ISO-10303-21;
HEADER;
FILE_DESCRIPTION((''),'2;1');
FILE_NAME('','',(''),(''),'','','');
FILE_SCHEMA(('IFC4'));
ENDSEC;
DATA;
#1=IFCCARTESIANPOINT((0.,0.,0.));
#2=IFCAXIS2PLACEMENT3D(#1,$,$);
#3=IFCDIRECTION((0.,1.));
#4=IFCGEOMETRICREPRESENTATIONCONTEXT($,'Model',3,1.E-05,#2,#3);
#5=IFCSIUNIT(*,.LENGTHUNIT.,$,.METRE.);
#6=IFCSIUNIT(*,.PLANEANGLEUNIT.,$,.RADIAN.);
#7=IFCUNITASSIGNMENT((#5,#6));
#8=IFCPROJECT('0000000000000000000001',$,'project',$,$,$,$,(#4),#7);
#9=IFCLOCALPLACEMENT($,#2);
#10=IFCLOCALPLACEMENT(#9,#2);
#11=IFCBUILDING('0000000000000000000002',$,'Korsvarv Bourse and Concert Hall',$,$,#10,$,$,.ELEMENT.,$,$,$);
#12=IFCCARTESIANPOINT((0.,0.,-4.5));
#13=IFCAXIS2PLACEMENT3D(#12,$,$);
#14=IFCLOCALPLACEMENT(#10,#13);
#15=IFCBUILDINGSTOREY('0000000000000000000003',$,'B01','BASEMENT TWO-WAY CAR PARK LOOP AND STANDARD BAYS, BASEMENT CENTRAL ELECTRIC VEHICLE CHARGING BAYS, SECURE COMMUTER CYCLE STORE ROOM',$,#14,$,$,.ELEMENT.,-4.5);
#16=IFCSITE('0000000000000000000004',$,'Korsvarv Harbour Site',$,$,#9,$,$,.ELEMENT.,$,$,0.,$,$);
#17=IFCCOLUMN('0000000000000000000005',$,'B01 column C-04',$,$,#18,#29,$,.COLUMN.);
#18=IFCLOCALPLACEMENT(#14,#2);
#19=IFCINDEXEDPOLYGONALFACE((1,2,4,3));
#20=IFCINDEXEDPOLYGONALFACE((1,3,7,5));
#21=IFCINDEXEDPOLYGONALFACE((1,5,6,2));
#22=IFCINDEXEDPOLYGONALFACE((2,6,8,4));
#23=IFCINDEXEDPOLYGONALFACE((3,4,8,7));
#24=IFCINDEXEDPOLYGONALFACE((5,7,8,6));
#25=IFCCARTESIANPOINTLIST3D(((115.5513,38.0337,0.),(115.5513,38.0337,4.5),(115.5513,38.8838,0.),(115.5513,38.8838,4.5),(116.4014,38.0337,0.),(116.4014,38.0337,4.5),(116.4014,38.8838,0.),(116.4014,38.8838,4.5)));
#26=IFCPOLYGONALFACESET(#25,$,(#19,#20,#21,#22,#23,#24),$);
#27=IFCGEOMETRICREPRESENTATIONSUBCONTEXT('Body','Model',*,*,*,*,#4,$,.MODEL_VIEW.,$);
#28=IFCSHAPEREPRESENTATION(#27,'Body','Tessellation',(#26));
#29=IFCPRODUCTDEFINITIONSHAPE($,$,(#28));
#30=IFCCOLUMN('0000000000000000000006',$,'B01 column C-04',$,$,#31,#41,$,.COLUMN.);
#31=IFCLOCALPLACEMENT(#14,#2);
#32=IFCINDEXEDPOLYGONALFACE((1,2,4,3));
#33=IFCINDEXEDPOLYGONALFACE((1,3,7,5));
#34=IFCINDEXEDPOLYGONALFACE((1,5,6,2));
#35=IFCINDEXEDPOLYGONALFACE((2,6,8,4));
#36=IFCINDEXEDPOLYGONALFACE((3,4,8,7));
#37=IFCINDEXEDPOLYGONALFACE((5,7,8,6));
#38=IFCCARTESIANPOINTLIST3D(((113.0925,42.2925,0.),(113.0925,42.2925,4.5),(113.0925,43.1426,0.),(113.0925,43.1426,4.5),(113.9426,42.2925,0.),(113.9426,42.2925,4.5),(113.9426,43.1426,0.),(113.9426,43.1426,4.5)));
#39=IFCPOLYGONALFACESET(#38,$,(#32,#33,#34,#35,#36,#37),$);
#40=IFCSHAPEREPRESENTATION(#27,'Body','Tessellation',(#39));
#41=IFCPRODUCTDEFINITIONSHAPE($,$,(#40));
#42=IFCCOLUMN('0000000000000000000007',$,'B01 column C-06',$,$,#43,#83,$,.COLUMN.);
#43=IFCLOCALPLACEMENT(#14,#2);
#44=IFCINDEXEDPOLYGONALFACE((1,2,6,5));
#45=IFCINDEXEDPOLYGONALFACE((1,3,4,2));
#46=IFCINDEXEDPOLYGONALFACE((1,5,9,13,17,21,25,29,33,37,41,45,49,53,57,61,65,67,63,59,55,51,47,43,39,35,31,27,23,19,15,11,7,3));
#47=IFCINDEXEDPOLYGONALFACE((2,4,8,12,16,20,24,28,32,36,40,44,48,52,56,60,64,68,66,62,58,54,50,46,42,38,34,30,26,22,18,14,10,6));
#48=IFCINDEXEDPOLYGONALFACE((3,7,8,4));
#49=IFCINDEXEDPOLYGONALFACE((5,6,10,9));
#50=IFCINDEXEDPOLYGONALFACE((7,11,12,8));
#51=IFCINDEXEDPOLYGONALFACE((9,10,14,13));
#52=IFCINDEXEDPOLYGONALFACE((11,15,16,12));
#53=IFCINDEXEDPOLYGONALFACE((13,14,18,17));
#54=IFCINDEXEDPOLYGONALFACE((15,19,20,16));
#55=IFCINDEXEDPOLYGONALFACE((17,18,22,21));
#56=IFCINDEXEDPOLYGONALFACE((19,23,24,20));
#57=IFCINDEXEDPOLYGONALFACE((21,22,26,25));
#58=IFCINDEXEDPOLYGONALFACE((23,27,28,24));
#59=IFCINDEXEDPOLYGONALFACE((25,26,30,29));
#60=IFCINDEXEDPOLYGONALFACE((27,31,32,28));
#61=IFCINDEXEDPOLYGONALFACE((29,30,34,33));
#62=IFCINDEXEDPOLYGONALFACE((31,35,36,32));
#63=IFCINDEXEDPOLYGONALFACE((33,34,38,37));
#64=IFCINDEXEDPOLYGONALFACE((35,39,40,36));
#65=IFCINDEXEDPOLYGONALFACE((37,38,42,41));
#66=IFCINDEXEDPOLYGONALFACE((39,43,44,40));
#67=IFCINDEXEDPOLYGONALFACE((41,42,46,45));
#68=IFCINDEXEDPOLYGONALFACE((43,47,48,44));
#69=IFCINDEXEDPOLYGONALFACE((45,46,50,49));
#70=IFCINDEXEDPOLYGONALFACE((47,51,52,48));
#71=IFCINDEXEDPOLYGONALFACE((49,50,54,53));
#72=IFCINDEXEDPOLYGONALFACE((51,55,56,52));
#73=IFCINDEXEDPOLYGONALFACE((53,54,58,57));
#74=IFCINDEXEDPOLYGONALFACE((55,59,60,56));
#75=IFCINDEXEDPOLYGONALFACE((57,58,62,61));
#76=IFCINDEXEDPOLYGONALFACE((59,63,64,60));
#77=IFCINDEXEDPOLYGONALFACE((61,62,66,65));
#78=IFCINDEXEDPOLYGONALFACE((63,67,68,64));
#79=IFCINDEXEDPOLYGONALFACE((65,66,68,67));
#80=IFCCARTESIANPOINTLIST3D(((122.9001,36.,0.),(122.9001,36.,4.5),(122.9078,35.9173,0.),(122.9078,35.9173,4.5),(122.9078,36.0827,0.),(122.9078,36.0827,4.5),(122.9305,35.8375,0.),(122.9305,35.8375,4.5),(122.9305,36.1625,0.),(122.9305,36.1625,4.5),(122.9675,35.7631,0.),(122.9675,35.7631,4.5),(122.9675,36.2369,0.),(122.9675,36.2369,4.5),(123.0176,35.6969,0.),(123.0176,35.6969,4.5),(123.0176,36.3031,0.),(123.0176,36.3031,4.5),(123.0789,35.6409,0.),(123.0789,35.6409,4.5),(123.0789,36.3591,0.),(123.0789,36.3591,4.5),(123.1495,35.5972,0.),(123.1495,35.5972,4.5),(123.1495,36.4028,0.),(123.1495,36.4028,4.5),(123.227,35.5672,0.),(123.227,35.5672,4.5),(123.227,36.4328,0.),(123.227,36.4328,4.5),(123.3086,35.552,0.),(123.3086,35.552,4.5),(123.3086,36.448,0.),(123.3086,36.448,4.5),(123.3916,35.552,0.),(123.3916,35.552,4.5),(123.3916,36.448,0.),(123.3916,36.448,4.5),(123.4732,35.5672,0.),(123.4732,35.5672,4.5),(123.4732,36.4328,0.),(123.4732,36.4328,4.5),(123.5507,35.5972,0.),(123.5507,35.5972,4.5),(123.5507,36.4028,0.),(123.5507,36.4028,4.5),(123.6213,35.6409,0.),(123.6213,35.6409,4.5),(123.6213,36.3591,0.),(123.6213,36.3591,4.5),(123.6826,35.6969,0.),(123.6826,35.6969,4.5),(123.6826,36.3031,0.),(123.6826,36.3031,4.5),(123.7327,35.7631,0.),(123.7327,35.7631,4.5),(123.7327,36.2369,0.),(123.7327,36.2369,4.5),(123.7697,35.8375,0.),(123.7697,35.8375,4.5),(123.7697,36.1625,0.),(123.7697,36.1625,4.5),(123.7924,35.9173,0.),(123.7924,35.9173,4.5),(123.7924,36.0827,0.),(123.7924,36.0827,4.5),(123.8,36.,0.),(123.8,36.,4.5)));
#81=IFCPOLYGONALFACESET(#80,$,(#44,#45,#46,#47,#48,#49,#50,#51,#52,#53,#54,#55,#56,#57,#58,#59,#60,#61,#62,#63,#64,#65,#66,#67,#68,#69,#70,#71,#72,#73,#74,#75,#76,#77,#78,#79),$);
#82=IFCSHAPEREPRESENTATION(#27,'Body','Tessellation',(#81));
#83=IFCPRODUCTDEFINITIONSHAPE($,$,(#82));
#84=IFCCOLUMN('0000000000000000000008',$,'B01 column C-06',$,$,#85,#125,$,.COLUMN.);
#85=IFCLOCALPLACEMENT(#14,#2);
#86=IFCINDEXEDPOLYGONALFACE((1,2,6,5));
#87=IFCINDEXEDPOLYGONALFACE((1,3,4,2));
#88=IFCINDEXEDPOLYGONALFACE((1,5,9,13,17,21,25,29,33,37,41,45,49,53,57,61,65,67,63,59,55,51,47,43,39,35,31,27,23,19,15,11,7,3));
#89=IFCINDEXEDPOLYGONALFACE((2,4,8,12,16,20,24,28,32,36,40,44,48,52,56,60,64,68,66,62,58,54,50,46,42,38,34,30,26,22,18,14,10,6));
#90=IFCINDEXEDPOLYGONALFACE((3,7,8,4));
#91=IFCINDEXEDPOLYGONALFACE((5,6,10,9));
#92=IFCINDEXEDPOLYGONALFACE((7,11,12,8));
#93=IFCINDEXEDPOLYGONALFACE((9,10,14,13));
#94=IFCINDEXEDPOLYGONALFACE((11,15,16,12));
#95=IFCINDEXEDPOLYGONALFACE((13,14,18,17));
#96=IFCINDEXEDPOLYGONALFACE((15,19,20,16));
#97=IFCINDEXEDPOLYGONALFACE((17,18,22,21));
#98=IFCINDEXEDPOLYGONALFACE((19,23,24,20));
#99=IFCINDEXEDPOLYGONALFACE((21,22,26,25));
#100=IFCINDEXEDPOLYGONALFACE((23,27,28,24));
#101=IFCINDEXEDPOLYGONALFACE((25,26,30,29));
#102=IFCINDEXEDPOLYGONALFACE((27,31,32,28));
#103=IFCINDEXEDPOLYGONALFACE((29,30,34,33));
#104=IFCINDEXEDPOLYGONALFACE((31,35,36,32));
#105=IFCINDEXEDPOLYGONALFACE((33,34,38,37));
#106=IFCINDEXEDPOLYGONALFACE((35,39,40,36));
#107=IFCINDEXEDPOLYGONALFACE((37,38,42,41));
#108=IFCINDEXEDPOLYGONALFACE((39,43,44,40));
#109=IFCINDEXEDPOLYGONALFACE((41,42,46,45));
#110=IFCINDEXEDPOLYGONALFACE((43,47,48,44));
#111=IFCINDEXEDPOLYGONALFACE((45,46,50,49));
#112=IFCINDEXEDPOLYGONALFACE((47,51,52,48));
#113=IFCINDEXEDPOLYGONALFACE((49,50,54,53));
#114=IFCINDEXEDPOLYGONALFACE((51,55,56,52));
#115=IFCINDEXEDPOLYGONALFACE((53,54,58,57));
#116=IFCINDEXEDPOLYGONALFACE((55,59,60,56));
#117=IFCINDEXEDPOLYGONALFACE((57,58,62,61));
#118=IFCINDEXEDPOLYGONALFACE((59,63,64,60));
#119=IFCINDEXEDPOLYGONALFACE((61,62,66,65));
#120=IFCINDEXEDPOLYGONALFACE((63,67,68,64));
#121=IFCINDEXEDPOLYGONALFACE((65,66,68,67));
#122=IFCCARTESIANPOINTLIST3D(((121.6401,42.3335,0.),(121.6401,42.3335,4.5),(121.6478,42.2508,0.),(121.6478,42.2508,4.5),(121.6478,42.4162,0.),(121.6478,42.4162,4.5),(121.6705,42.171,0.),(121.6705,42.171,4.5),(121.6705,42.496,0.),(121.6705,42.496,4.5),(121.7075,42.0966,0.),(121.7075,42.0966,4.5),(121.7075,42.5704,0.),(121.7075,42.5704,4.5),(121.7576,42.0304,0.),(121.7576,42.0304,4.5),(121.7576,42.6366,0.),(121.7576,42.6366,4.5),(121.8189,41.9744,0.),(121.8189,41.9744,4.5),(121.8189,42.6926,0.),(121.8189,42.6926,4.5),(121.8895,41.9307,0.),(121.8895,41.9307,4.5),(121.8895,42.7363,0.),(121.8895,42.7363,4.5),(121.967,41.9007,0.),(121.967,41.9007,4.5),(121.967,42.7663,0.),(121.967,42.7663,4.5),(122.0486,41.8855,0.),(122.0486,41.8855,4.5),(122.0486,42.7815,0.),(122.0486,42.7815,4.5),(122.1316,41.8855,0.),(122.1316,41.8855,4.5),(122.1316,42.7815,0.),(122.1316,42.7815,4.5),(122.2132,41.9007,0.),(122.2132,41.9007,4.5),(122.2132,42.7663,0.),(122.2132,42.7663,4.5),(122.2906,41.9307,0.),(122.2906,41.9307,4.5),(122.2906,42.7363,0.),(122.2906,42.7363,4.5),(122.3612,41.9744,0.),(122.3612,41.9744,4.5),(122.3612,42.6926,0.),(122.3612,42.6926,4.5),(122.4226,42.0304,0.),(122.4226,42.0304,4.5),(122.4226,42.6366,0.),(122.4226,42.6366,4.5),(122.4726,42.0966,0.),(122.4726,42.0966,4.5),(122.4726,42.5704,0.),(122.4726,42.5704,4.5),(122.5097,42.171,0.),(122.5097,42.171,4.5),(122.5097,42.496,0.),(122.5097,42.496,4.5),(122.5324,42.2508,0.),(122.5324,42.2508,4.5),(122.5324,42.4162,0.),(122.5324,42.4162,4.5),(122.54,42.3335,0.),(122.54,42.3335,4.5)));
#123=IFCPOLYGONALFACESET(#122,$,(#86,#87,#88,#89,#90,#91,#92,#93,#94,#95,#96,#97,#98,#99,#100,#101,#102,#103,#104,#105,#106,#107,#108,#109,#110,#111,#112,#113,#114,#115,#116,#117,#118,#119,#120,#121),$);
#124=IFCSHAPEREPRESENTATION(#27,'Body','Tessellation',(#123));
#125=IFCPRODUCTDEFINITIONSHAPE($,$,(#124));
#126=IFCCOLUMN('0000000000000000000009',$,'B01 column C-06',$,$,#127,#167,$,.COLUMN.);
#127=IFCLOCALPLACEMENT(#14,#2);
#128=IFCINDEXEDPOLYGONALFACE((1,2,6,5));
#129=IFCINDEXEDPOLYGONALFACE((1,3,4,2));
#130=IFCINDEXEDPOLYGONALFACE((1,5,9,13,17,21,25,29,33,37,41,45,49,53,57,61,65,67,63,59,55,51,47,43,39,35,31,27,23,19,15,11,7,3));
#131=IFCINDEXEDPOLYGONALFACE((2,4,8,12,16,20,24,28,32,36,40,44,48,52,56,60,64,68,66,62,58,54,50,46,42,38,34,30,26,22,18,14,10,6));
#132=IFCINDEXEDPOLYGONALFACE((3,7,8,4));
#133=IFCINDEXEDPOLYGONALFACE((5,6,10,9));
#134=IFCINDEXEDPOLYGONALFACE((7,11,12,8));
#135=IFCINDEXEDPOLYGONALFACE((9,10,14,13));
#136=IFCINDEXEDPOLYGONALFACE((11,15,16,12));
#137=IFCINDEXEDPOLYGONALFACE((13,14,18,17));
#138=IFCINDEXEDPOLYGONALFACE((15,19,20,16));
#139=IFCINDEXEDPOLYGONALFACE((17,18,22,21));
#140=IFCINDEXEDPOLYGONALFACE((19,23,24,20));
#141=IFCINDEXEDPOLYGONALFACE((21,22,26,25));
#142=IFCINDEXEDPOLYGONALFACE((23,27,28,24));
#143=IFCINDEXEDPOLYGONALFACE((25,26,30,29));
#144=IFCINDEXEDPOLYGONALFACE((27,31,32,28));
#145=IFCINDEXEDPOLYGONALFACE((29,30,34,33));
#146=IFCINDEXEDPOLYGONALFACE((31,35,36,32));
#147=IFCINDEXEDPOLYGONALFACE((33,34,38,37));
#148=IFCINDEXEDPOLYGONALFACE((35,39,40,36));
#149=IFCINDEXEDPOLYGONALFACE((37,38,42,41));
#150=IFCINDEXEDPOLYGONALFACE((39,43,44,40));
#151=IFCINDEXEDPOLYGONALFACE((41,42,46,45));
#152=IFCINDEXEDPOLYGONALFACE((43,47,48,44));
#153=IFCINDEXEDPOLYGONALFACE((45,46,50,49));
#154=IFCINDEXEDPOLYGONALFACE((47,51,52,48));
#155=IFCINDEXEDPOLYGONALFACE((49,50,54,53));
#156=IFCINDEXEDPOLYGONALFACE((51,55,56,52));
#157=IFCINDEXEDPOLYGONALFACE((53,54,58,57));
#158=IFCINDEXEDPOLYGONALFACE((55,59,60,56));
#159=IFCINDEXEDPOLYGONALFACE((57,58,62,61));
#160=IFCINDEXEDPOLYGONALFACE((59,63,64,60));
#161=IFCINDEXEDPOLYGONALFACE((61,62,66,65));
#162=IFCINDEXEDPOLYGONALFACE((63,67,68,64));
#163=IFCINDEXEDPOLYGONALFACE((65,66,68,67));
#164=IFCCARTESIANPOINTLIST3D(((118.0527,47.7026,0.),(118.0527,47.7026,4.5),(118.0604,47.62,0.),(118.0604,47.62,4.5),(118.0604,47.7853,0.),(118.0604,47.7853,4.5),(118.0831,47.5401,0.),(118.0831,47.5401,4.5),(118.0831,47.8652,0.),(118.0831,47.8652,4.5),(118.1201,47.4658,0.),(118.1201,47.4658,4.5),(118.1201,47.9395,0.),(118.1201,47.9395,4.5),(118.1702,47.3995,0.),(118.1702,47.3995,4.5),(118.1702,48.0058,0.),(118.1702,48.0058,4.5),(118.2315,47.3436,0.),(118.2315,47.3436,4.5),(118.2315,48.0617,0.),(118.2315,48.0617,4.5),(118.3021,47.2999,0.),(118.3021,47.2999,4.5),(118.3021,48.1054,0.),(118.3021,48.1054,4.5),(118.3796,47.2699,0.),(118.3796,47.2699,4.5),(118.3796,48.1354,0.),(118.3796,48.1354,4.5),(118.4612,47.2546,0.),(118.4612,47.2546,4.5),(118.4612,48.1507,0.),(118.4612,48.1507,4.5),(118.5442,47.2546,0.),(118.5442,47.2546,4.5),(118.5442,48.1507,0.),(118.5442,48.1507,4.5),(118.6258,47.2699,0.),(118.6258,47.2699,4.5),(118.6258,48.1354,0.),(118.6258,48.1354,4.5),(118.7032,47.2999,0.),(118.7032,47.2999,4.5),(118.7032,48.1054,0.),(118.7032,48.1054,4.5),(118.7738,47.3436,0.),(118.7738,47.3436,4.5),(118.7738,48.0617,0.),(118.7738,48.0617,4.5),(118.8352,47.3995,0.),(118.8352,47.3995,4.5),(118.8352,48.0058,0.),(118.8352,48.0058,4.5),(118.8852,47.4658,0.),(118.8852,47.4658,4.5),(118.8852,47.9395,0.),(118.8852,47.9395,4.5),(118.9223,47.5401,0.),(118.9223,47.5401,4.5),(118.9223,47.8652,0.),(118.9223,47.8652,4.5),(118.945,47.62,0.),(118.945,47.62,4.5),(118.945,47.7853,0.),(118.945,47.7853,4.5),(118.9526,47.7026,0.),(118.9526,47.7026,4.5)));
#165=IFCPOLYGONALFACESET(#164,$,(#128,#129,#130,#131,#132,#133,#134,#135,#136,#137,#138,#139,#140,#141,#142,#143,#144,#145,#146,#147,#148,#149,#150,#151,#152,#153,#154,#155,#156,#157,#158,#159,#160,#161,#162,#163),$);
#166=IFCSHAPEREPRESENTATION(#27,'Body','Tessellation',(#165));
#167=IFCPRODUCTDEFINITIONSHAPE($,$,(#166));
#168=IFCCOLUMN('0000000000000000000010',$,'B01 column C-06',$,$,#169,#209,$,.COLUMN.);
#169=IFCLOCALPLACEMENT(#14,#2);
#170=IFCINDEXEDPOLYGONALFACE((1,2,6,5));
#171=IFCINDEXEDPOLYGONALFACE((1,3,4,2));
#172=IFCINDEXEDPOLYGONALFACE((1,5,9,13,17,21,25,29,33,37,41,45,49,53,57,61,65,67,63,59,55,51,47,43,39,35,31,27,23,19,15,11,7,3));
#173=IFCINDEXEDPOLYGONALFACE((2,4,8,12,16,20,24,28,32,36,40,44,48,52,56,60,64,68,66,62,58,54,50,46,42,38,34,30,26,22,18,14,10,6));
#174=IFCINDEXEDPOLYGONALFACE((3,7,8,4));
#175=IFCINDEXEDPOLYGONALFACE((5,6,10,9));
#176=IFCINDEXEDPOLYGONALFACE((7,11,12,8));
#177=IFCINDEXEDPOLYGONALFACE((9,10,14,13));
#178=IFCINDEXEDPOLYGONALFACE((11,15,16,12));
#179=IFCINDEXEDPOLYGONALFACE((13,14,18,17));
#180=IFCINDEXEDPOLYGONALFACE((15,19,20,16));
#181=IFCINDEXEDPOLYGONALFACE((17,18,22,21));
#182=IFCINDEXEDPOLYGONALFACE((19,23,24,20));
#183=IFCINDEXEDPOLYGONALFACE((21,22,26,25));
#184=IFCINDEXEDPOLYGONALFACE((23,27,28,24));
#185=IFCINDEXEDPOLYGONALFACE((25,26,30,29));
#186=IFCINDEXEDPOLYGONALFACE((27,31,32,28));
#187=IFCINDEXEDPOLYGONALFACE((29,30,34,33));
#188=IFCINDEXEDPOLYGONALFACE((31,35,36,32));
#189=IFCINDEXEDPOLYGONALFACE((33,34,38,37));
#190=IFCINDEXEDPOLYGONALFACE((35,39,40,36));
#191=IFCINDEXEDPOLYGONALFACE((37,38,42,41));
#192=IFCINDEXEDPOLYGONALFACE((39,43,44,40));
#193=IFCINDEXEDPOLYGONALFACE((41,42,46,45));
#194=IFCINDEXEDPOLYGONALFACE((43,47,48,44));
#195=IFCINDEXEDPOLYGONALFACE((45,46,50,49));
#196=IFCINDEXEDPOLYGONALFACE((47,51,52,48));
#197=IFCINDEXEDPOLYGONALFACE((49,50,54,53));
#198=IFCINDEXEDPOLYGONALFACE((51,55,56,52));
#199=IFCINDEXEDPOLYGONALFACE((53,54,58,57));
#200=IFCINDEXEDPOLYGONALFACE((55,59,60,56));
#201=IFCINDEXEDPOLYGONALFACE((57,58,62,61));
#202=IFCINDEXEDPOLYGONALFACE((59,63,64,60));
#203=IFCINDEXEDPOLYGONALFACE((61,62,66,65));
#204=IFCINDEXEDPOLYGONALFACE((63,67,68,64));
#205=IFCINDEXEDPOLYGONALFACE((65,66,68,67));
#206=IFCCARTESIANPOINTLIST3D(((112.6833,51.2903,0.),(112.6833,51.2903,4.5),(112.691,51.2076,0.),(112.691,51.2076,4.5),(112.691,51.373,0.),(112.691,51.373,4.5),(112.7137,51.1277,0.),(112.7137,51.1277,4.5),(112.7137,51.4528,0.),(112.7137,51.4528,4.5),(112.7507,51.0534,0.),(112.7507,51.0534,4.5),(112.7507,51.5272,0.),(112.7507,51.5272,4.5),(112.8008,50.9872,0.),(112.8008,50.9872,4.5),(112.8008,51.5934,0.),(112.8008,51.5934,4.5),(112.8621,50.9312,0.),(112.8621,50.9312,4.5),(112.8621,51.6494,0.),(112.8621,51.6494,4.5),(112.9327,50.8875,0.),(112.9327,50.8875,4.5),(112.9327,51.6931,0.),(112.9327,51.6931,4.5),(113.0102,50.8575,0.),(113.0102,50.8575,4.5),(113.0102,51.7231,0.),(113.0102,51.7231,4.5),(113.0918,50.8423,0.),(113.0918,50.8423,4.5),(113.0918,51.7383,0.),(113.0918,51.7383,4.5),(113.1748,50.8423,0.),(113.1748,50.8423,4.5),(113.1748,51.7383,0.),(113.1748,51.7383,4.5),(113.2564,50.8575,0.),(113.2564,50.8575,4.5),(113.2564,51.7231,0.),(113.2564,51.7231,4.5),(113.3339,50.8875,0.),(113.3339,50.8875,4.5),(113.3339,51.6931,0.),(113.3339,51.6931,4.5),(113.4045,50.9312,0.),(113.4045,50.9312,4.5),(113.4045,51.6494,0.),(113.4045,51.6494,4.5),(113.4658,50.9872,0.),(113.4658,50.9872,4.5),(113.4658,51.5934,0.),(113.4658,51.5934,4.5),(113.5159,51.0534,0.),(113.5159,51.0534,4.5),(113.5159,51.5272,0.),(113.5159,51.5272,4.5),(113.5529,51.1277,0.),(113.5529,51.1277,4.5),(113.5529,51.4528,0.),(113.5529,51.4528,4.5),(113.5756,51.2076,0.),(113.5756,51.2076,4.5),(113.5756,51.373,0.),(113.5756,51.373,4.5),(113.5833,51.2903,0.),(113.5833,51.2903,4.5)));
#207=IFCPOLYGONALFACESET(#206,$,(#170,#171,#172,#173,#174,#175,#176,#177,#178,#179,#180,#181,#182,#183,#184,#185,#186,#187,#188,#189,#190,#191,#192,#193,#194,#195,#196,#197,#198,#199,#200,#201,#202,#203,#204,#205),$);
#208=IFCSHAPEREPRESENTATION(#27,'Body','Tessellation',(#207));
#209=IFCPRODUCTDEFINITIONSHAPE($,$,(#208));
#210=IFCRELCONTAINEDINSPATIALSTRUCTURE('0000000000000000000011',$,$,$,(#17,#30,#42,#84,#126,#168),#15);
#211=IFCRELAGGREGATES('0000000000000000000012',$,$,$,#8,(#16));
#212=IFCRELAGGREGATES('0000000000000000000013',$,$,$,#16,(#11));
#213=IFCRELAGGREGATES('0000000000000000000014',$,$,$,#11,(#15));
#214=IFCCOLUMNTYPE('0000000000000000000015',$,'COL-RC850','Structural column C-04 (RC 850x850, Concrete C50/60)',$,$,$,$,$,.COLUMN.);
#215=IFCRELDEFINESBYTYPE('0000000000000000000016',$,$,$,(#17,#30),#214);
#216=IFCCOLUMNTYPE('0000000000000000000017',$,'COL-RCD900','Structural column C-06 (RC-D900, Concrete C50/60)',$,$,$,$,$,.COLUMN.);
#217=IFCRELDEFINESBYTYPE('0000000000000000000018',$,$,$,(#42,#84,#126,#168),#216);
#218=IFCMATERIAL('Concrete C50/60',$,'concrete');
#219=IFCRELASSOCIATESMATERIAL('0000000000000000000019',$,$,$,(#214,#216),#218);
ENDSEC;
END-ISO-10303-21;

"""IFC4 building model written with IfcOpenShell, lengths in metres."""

from ifc_helpers import new_model, si_unit, direction, frame, origin, origin_2d, place, context, subcontext, project, spatial, rectangle, circle, extrude, source, transform, mapped, material, material_profile, profile_set, type_object, element, save


model = new_model("IFC4")

# Units and contexts
model_context = context("Model", 3, precision=1e-05, world=origin(), true_north=direction((0.0, 1.0)))
body_context = subcontext(model_context, "Body", "Model", "MODEL_VIEW")
ifc_project = project(units=[si_unit("LENGTHUNIT", "METRE"), si_unit("PLANEANGLEUNIT", "RADIAN")], contexts=[model_context])

# Site, building, storey
site_placement = place(None, origin())
site = spatial("IfcSite", under=ifc_project, at=site_placement, Name="Korsvarv Harbour Site", CompositionType="ELEMENT", RefElevation=0.0)
building_placement = place(site_placement, origin())
building = spatial("IfcBuilding", under=site, at=building_placement, Name="Korsvarv Bourse and Concert Hall", CompositionType="ELEMENT")
storey_placement = place(building_placement, frame((0.0, 0.0, -4.5)))
storey = spatial("IfcBuildingStorey", under=building, at=storey_placement, Name="B01", Description="BASEMENT TWO-WAY CAR PARK LOOP AND STANDARD BAYS, BASEMENT CENTRAL ELECTRIC VEHICLE CHARGING BAYS, SECURE COMMUTER CYCLE STORE ROOM", CompositionType="ELEMENT", Elevation=-4.5)

# Columns
ifc_material_1 = material(Name="Concrete C50/60", Category="concrete")
ifc_material_profile_1 = material_profile(ifc_material_1, rectangle(XDim=0.8501, YDim=0.8501, at=origin_2d()), Name="RC 850x850")
ifc_profile_set_1 = profile_set([ifc_material_profile_1], Name="Concrete C50/60")
column_type_1 = type_object("IfcColumnType", Name="COL-RC850", Description="Structural column C-04 (RC 850x850, Concrete C50/60)", PredefinedType="COLUMN", material=ifc_profile_set_1)
shared_shape_1 = source(origin(), body_context, "Body", "SweptSolid", [
    extrude(rectangle(XDim=0.8501, YDim=0.8501, at=origin_2d()), origin(), (0.0, 0.0, 1.0), 4.5),
])
for number, where, z_axis, x_axis, name in (
    (1, (115.9763, 38.4587, 0.0), (0.0, 0.0, 1.0), (1.0, 0.0, 0.0), "B01 column C-04"),
    (2, (113.5176, 42.7175, 0.0), (0.0, 0.0, 1.0), (1.0, 0.0, 0.0), "B01 column C-04"),
):
    element("IfcColumn", number, at=place(storey_placement, frame(where, z_axis=z_axis, x_axis=x_axis)), inside=storey, type_object=column_type_1, Name=name, PredefinedType="COLUMN", context=body_context, shape_type="MappedRepresentation", body=[
        mapped(shared_shape_1, transform((0.0, 0.0, 0.0), scale=1.0)),
    ])
ifc_material_profile_2 = material_profile(ifc_material_1, circle(Radius=0.45, at=origin_2d()), Name="RC-D900")
ifc_profile_set_2 = profile_set([ifc_material_profile_2], Name="Concrete C50/60")
column_type_2 = type_object("IfcColumnType", Name="COL-RCD900", Description="Structural column C-06 (RC-D900, Concrete C50/60)", PredefinedType="COLUMN", material=ifc_profile_set_2)
shared_shape_2 = source(origin(), body_context, "Body", "SweptSolid", [
    extrude(circle(Radius=0.45, at=origin_2d()), origin(), (0.0, 0.0, 1.0), 4.5),
])
for number, where, z_axis, x_axis, name in (
    (3, (123.3501, 36.0, 0.0), (0.0, 0.0, 1.0), (1.0, 0.0, 0.0), "B01 column C-06"),
    (4, (122.0901, 42.3335, 0.0), (0.0, 0.0, 1.0), (1.0, 0.0, 0.0), "B01 column C-06"),
    (5, (118.5027, 47.7026, 0.0), (0.0, 0.0, 1.0), (1.0, 0.0, 0.0), "B01 column C-06"),
    (6, (113.1333, 51.2903, 0.0), (0.0, 0.0, 1.0), (1.0, 0.0, 0.0), "B01 column C-06"),
):
    element("IfcColumn", number, at=place(storey_placement, frame(where, z_axis=z_axis, x_axis=x_axis)), inside=storey, type_object=column_type_2, Name=name, PredefinedType="COLUMN", context=body_context, shape_type="MappedRepresentation", body=[
        mapped(shared_shape_2, transform((0.0, 0.0, 0.0), scale=1.0)),
    ])

save(model, "model.ifc")
